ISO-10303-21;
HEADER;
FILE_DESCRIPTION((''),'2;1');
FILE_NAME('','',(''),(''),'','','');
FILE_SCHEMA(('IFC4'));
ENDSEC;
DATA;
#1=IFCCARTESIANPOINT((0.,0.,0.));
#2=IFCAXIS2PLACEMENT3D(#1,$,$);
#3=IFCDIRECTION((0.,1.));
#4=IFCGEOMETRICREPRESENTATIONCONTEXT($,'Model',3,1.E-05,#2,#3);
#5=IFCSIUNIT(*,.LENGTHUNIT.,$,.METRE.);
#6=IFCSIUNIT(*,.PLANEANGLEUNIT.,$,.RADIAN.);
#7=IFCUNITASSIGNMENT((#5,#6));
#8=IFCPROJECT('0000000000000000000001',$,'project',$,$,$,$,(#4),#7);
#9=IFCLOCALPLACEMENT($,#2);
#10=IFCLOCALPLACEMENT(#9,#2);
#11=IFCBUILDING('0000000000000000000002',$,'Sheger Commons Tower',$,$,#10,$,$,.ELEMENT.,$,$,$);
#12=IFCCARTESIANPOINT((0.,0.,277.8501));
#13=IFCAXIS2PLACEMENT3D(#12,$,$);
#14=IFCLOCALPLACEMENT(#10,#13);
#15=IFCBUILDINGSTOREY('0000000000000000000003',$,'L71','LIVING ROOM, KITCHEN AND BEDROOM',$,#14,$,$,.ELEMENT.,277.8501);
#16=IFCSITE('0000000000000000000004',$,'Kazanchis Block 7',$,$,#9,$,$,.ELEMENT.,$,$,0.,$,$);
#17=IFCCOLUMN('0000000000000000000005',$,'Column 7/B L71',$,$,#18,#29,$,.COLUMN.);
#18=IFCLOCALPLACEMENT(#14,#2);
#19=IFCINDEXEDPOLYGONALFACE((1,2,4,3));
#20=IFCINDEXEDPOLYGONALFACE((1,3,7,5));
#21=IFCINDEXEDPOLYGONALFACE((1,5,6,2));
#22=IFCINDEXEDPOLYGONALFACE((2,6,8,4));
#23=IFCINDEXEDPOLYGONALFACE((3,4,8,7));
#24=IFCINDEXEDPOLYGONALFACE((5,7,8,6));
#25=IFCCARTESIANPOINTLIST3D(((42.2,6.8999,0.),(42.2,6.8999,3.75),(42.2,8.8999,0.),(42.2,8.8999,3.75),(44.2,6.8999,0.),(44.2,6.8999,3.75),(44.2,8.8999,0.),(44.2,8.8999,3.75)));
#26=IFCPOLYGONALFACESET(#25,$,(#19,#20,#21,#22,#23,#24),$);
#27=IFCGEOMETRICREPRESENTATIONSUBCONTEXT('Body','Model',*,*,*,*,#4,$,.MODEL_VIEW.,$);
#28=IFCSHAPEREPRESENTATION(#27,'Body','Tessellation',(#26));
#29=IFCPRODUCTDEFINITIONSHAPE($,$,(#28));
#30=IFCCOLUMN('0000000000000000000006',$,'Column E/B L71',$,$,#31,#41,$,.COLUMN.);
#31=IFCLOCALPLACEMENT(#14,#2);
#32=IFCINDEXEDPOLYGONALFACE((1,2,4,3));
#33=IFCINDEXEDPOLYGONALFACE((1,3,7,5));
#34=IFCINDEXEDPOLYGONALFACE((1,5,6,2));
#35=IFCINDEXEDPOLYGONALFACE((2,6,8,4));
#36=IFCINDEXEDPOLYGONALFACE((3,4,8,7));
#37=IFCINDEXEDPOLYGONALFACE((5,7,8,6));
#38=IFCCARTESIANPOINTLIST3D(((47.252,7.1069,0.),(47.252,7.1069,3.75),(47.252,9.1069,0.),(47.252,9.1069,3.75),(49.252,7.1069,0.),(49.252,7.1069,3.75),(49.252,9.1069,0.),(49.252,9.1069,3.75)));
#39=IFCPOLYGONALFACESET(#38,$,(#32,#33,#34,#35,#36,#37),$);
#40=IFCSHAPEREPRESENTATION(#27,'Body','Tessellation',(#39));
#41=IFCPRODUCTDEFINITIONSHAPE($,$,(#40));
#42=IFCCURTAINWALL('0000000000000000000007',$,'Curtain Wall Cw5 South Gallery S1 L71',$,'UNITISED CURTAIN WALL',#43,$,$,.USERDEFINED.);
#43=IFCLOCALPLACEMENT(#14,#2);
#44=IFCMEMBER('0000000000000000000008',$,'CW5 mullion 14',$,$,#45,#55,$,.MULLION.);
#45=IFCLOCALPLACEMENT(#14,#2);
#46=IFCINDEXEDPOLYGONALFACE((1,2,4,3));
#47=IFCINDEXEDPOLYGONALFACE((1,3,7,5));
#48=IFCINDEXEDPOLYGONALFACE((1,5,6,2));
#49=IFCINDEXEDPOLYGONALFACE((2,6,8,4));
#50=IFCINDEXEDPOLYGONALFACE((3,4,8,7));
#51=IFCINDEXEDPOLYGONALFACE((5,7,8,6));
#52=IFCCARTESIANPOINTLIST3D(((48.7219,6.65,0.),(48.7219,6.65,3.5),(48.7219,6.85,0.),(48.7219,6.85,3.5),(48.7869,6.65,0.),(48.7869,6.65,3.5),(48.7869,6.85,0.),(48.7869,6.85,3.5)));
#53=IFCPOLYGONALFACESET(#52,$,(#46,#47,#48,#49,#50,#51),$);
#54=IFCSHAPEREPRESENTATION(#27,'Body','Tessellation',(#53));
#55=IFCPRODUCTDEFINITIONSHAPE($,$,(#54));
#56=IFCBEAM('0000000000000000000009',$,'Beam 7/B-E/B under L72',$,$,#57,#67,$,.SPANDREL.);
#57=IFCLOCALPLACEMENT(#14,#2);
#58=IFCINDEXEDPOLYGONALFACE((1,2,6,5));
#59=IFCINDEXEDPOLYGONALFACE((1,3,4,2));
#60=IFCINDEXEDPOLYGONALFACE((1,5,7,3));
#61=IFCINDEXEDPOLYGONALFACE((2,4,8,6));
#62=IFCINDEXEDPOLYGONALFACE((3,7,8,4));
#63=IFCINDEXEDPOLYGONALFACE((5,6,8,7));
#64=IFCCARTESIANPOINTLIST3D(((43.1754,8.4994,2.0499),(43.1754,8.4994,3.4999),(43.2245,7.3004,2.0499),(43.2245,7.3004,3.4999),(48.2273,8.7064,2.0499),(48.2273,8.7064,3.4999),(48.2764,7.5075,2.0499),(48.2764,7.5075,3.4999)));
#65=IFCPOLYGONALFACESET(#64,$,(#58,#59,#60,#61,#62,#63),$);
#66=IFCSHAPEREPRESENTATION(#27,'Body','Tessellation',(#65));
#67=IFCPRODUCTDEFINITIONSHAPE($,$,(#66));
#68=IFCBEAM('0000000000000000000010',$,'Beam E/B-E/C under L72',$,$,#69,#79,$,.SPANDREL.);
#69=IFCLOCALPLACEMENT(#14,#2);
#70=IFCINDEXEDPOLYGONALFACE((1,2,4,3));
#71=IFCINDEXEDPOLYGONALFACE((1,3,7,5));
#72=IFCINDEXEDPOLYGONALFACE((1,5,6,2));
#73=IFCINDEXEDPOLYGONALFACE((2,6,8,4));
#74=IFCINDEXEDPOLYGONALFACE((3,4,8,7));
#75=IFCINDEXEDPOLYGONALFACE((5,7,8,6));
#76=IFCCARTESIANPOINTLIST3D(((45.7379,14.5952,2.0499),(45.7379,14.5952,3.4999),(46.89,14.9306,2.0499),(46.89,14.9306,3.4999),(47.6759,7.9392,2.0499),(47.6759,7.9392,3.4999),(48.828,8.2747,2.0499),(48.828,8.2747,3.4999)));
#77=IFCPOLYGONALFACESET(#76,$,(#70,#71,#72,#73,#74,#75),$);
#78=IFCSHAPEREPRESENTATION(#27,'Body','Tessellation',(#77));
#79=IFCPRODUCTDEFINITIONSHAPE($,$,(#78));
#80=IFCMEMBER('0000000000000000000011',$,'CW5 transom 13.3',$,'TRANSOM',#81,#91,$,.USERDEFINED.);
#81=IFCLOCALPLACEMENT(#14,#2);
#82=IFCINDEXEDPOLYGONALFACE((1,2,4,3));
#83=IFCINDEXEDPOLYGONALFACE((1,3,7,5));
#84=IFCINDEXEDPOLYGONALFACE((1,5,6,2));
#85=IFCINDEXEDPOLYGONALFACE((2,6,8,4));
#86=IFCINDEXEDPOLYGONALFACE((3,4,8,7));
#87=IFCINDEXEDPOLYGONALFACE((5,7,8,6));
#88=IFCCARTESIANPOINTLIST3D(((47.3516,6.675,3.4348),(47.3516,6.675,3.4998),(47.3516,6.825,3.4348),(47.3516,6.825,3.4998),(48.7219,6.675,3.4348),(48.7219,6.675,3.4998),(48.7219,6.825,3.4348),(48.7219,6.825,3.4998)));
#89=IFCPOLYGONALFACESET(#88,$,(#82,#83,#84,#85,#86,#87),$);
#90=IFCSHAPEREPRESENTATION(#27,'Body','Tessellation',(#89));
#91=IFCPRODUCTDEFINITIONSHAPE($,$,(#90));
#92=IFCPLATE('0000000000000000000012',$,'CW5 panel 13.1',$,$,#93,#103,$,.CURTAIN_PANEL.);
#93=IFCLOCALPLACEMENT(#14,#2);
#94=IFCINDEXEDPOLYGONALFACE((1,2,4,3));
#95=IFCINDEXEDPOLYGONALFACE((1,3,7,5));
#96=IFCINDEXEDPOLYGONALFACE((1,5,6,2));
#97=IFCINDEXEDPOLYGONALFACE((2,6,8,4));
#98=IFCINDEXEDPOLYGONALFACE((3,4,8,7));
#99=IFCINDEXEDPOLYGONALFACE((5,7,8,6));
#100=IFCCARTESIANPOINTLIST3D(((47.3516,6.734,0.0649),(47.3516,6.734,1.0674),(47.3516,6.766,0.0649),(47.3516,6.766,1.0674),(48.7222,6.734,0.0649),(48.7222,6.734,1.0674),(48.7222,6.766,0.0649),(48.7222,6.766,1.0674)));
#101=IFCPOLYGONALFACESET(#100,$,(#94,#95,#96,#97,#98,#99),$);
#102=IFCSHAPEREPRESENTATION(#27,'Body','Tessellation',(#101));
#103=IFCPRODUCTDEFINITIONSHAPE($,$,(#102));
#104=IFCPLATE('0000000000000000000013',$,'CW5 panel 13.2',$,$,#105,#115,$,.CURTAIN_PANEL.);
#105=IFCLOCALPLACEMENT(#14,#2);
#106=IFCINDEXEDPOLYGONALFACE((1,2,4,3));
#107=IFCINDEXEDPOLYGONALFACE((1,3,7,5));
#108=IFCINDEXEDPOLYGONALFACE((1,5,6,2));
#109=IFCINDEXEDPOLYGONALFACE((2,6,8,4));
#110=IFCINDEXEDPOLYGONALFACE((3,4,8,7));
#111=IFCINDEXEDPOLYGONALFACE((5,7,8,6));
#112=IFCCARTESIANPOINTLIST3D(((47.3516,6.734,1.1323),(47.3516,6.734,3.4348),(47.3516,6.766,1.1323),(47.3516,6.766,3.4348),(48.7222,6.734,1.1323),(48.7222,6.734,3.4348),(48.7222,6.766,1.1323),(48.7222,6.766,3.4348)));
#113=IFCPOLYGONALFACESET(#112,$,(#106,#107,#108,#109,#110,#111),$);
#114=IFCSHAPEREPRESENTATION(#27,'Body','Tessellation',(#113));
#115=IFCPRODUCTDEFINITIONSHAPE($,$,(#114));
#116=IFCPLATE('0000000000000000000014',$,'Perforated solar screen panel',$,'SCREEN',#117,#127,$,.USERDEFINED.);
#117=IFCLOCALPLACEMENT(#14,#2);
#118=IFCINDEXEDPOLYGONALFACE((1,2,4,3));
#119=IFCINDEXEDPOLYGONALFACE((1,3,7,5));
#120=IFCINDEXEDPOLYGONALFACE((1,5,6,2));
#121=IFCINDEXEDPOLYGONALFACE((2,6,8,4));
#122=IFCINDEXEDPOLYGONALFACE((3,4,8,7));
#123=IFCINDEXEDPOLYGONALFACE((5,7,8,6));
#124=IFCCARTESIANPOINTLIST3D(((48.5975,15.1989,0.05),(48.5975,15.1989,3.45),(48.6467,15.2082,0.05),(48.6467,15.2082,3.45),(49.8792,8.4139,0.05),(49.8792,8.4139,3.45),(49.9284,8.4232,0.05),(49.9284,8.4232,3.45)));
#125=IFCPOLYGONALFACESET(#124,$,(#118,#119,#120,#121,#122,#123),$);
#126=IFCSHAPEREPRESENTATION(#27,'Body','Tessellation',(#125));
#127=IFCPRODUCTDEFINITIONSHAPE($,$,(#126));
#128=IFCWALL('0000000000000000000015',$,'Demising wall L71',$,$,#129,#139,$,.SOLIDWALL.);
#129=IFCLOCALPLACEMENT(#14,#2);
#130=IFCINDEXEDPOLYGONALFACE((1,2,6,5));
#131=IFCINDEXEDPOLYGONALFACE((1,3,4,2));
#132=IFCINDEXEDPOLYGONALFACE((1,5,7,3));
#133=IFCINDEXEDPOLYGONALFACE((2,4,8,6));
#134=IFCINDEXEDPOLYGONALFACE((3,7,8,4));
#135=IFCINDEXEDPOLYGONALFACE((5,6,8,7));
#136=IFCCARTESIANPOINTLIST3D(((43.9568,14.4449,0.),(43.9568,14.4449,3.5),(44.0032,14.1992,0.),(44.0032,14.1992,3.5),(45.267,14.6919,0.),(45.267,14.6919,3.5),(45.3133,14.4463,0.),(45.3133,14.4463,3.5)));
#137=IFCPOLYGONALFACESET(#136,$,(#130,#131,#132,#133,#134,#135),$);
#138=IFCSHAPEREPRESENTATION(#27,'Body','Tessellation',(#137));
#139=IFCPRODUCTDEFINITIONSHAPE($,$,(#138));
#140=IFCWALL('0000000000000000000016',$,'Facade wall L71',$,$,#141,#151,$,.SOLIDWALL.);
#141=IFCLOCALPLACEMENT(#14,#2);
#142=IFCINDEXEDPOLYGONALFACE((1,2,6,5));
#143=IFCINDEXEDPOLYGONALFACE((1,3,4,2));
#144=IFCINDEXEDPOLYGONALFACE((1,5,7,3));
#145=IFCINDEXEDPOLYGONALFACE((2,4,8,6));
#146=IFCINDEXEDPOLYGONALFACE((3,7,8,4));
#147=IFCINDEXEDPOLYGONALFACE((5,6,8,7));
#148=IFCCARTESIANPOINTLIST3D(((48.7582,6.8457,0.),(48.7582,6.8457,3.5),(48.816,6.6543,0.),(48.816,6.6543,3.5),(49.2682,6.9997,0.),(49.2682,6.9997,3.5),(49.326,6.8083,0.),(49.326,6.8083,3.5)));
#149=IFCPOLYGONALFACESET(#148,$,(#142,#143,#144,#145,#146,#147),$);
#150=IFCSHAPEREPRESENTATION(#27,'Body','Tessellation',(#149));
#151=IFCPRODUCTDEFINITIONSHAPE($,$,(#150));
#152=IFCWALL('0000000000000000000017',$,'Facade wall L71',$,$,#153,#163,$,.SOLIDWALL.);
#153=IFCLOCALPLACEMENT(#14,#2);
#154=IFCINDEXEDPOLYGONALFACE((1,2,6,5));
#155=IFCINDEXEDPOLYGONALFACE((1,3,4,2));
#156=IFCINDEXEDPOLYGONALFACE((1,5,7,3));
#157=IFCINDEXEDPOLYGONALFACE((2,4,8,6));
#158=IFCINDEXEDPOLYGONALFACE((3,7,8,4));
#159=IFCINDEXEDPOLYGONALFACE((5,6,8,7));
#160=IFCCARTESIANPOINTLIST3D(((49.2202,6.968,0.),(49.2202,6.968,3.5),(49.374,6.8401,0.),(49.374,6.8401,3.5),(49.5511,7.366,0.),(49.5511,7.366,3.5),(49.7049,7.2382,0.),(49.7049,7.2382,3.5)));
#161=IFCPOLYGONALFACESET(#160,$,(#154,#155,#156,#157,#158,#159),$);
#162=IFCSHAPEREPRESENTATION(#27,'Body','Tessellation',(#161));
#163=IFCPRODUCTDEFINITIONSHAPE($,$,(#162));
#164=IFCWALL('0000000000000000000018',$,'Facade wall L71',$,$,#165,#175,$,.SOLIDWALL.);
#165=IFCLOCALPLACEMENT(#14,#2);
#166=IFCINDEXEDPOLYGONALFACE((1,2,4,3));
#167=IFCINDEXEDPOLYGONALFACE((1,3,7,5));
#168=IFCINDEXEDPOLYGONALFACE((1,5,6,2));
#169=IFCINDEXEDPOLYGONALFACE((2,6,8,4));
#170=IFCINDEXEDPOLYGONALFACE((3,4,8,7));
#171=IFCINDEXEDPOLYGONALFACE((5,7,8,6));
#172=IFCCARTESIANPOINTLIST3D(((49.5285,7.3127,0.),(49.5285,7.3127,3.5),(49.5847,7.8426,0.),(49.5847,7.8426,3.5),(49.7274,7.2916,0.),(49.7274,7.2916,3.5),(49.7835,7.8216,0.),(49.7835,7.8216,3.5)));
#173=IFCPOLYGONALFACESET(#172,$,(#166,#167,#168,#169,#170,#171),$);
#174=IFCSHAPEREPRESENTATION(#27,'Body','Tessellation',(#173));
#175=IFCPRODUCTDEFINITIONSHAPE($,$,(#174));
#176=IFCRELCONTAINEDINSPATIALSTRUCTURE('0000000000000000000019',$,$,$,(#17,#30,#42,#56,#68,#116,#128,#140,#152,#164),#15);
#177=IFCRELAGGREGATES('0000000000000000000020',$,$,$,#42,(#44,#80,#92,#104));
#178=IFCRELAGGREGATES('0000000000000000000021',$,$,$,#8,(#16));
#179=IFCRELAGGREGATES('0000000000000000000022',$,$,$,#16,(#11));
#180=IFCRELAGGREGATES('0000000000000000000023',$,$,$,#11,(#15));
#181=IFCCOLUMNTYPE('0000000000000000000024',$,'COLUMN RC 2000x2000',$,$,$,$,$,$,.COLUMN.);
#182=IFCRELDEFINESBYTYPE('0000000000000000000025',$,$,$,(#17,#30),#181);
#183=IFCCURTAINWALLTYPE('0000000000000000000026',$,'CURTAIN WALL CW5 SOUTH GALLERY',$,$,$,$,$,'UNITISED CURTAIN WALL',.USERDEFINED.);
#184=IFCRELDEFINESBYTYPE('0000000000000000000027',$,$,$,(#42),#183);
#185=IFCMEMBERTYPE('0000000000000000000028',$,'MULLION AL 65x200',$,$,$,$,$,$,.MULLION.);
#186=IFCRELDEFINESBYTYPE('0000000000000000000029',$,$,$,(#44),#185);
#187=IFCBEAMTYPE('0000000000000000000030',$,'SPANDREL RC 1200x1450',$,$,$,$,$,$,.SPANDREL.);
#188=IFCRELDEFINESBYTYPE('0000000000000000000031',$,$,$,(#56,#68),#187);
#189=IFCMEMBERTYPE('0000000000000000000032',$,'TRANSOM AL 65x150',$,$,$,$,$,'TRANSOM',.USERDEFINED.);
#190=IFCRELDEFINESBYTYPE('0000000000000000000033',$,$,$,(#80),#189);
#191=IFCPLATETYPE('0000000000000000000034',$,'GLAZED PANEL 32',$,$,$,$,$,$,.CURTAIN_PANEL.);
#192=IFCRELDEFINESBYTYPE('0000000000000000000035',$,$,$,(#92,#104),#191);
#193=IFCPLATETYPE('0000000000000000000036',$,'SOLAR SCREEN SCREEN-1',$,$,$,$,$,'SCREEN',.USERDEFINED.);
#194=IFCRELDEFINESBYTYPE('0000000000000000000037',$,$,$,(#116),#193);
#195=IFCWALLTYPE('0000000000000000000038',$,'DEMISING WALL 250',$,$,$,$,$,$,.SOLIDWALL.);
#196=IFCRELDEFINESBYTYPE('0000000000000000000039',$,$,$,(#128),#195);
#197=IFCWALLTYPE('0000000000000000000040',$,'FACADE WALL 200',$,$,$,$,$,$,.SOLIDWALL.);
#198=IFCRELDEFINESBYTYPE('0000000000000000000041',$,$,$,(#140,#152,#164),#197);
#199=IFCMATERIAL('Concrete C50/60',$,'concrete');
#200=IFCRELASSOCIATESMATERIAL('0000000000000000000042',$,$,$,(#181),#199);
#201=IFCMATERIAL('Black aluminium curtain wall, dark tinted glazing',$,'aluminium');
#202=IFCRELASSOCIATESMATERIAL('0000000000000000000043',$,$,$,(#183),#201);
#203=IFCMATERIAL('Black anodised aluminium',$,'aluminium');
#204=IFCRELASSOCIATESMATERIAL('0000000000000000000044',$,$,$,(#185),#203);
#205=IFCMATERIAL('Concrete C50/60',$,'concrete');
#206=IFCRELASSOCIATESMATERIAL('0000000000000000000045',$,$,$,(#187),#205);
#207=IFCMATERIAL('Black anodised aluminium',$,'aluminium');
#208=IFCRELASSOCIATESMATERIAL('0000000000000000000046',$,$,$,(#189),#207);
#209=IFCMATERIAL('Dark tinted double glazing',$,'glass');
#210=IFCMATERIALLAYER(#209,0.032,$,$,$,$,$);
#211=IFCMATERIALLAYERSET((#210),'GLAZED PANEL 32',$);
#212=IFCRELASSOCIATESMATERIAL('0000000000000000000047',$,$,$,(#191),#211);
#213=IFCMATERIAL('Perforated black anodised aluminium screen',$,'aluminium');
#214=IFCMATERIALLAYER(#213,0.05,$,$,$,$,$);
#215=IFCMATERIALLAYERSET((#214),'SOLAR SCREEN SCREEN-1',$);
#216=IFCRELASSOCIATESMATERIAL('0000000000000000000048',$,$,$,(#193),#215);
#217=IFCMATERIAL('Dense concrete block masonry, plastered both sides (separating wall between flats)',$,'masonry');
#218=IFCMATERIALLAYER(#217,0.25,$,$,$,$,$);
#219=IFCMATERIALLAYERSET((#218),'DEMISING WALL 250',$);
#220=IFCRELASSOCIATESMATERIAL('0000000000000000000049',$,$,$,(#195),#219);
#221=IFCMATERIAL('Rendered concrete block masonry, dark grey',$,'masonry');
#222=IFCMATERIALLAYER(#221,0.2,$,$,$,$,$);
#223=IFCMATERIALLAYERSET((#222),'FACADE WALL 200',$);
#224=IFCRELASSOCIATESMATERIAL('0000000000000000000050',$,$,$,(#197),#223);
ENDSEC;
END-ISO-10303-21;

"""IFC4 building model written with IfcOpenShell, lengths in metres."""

from ifc_helpers import new_model, si_unit, direction, frame, frame_2d, origin, origin_2d, place, context, subcontext, project, spatial, rectangle, extrude, material, layer, layer_set, material_profile, profile_set, type_object, element, aggregate, save


model = new_model("IFC4")

# Units and contexts
model_context = context("Model", 3, precision=1e-05, world=origin(), true_north=direction((0.0, 1.0)))
body_context = subcontext(model_context, "Body", "Model", "MODEL_VIEW")
ifc_project = project(units=[si_unit("LENGTHUNIT", "METRE"), si_unit("PLANEANGLEUNIT", "RADIAN")], contexts=[model_context])

# Site, building, storey
site_placement = place(None, origin())
site = spatial("IfcSite", under=ifc_project, at=site_placement, Name="Kazanchis Block 7", CompositionType="ELEMENT", RefElevation=0.0)
building_placement = place(site_placement, origin())
building = spatial("IfcBuilding", under=site, at=building_placement, Name="Sheger Commons Tower", CompositionType="ELEMENT")
storey_placement = place(building_placement, frame((0.0, 0.0, 277.8501)))
storey = spatial("IfcBuildingStorey", under=building, at=storey_placement, Name="L71", Description="LIVING ROOM, KITCHEN AND BEDROOM", CompositionType="ELEMENT", Elevation=277.8501)

# Columns
ifc_material_1 = material(Name="Concrete C50/60", Category="concrete")
ifc_material_profile_1 = material_profile(ifc_material_1, rectangle(XDim=2.0, YDim=2.0, at=origin_2d()), Name="RC 2000x2000")
ifc_profile_set_1 = profile_set([ifc_material_profile_1], Name="Concrete C50/60")
column_type = type_object("IfcColumnType", Name="COLUMN RC 2000x2000", PredefinedType="COLUMN", material=ifc_profile_set_1)
for number, where, z_axis, x_axis, name in (
    (1, (43.2, 7.8999, 0.0), (0.0, 0.0, 1.0), (1.0, 0.0, 0.0), "Column 7/B L71"),
    (2, (48.252, 8.1069, 0.0), (0.0, 0.0, 1.0), (1.0, 0.0, 0.0), "Column E/B L71"),
):
    element("IfcColumn", number, at=place(storey_placement, frame(where, z_axis=z_axis, x_axis=x_axis)), inside=storey, type_object=column_type, Name=name, PredefinedType="COLUMN", context=body_context, shape_type="SweptSolid", body=[
        extrude(rectangle(XDim=2.0, YDim=2.0, at=origin_2d()), origin(), (0.0, 0.0, 1.0), 3.75),
    ])

# Curtain wall, member
ifc_material_2 = material(Name="Black aluminium curtain wall, dark tinted glazing", Category="aluminium")
curtain_wall_type = type_object("IfcCurtainWallType", Name="CURTAIN WALL CW5 SOUTH GALLERY", ElementType="UNITISED CURTAIN WALL", PredefinedType="USERDEFINED", material=ifc_material_2)
curtain_wall_placement = place(storey_placement, origin())
curtain_wall = element("IfcCurtainWall", 3, at=curtain_wall_placement, inside=storey, type_object=curtain_wall_type, Name="Curtain Wall Cw5 South Gallery S1 L71", ObjectType="UNITISED CURTAIN WALL", PredefinedType="USERDEFINED")
ifc_material_3 = material(Name="Black anodised aluminium", Category="aluminium")
ifc_material_profile_2 = material_profile(ifc_material_3, rectangle(XDim=0.2, YDim=0.0649, at=origin_2d()), Name="AL 65x200")
ifc_profile_set_2 = profile_set([ifc_material_profile_2], Name="Black anodised aluminium")
member_type_1 = type_object("IfcMemberType", Name="MULLION AL 65x200", PredefinedType="MULLION", material=ifc_profile_set_2)
member_1_placement = place(storey_placement, frame((48.7544, 6.75, 0.0), z_axis=(0.0, 0.0, 1.0), x_axis=(0.0, 1.0, 0.0)))
member_1 = element("IfcMember", 4, at=member_1_placement, type_object=member_type_1, Name="CW5 mullion 14", PredefinedType="MULLION", context=body_context, shape_type="SweptSolid", body=[
    extrude(rectangle(XDim=0.2, YDim=0.0649, at=origin_2d()), origin(), (0.0, 0.0, 1.0), 3.5),
])

# Beams
ifc_material_4 = material(Name="Concrete C50/60", Category="concrete")
ifc_material_profile_3 = material_profile(ifc_material_4, rectangle(XDim=1.2, YDim=1.45, at=origin_2d()), Name="RC 1200x1450")
ifc_profile_set_3 = profile_set([ifc_material_profile_3], Name="Concrete C50/60")
beam_type = type_object("IfcBeamType", Name="SPANDREL RC 1200x1450", PredefinedType="SPANDREL", material=ifc_profile_set_3)
beam_1_placement = place(storey_placement, frame((43.2, 7.8999, 2.7749), z_axis=(0.999161, 0.040946, 0.0), x_axis=(-0.040946, 0.999161, 0.0)))
element("IfcBeam", 5, at=beam_1_placement, inside=storey, type_object=beam_type, Name="Beam 7/B-E/B under L72", PredefinedType="SPANDREL", context=body_context, shape_type="SweptSolid", body=[
    extrude(rectangle(XDim=1.2, YDim=1.45, at=origin_2d()), origin(), (0.0, 0.0, 1.0), 5.0562),
])
beam_2_placement = place(storey_placement, frame((48.252, 8.1069, 2.7749), z_axis=(-0.279555, 0.96013, 0.0), x_axis=(-0.96013, -0.279555, 0.0)))
element("IfcBeam", 6, at=beam_2_placement, inside=storey, type_object=beam_type, Name="Beam E/B-E/C under L72", PredefinedType="SPANDREL", context=body_context, shape_type="SweptSolid", body=[
    extrude(rectangle(XDim=1.2, YDim=1.45, at=origin_2d()), origin(), (0.0, 0.0, 1.0), 6.9324),
])

# Member
ifc_material_5 = material(Name="Black anodised aluminium", Category="aluminium")
ifc_material_profile_4 = material_profile(ifc_material_5, rectangle(XDim=0.1499, YDim=0.0649, at=origin_2d()), Name="AL 65x150")
ifc_profile_set_4 = profile_set([ifc_material_profile_4], Name="Black anodised aluminium")
member_type_2 = type_object("IfcMemberType", Name="TRANSOM AL 65x150", ElementType="TRANSOM", PredefinedType="USERDEFINED", material=ifc_profile_set_4)
member_2_placement = place(storey_placement, frame((47.3516, 6.75, 3.4673), z_axis=(1.0, 0.0, 0.0), x_axis=(0.0, 1.0, 0.0)))
member_2 = element("IfcMember", 7, at=member_2_placement, type_object=member_type_2, Name="CW5 transom 13.3", ObjectType="TRANSOM", PredefinedType="USERDEFINED", context=body_context, shape_type="SweptSolid", body=[
    extrude(rectangle(XDim=0.1499, YDim=0.0649, at=origin_2d()), origin(), (0.0, 0.0, 1.0), 1.3704),
])

# Plates
ifc_material_6 = material(Name="Dark tinted double glazing", Category="glass")
ifc_layer_1 = layer(ifc_material_6, 0.032)
ifc_layer_set_1 = layer_set([ifc_layer_1], Name="GLAZED PANEL 32")
plate_type_1 = type_object("IfcPlateType", Name="GLAZED PANEL 32", PredefinedType="CURTAIN_PANEL", material=ifc_layer_set_1)
plate_1_placement = place(storey_placement, frame((48.0369, 6.75, 0.0649), z_axis=(0.0, 0.0, 1.0), x_axis=(1.0, 0.0, 0.0)))
plate_1 = element("IfcPlate", 8, at=plate_1_placement, type_object=plate_type_1, Name="CW5 panel 13.1", PredefinedType="CURTAIN_PANEL", context=body_context, shape_type="SweptSolid", body=[
    extrude(rectangle(XDim=1.3706, YDim=0.032, at=origin_2d()), origin(), (0.0, 0.0, 1.0), 1.0024),
])
plate_2_placement = place(storey_placement, frame((48.0369, 6.75, 1.1323), z_axis=(0.0, 0.0, 1.0), x_axis=(1.0, 0.0, 0.0)))
plate_2 = element("IfcPlate", 9, at=plate_2_placement, type_object=plate_type_1, Name="CW5 panel 13.2", PredefinedType="CURTAIN_PANEL", context=body_context, shape_type="SweptSolid", body=[
    extrude(rectangle(XDim=1.3706, YDim=0.032, at=origin_2d()), origin(), (0.0, 0.0, 1.0), 2.3025),
])
aggregate(curtain_wall, [member_1, member_2, plate_1, plate_2])
ifc_material_7 = material(Name="Perforated black anodised aluminium screen", Category="aluminium")
ifc_layer_2 = layer(ifc_material_7, 0.05)
ifc_layer_set_2 = layer_set([ifc_layer_2], Name="SOLAR SCREEN SCREEN-1")
plate_type_2 = type_object("IfcPlateType", Name="SOLAR SCREEN SCREEN-1", ElementType="SCREEN", PredefinedType="USERDEFINED", material=ifc_layer_set_2)
plate_3_placement = place(storey_placement, frame((49.2629, 11.811, 0.05), z_axis=(0.0, 0.0, 1.0), x_axis=(-0.185615, 0.982623, 0.0)))
element("IfcPlate", 10, at=plate_3_placement, inside=storey, type_object=plate_type_2, Name="Perforated solar screen panel", ObjectType="SCREEN", PredefinedType="USERDEFINED", context=body_context, shape_type="SweptSolid", body=[
    extrude(rectangle(XDim=6.905, YDim=0.05, at=origin_2d()), origin(), (0.0, 0.0, 1.0), 3.3999),
])

# Walls
ifc_material_8 = material(Name="Dense concrete block masonry, plastered both sides (separating wall between flats)", Category="masonry")
ifc_layer_3 = layer(ifc_material_8, 0.25)
ifc_layer_set_3 = layer_set([ifc_layer_3], Name="DEMISING WALL 250")
wall_type_1 = type_object("IfcWallType", Name="DEMISING WALL 250", PredefinedType="SOLIDWALL", material=ifc_layer_set_3)
wall_1_placement = place(storey_placement, frame((45.29, 14.5691, 0.0), z_axis=(0.0, 0.0, 1.0), x_axis=(-0.982677, -0.185328, 0.0)))
element("IfcWall", 11, at=wall_1_placement, inside=storey, type_object=wall_type_1, Name="Demising wall L71", PredefinedType="SOLIDWALL", context=body_context, shape_type="SweptSolid", body=[
    extrude(rectangle(XDim=1.3333, YDim=0.25, at=frame_2d((0.6665, 0.0))), origin(), (0.0, 0.0, 1.0), 3.5),
])
ifc_material_9 = material(Name="Rendered concrete block masonry, dark grey", Category="masonry")
ifc_layer_4 = layer(ifc_material_9, 0.2)
ifc_layer_set_4 = layer_set([ifc_layer_4], Name="FACADE WALL 200")
wall_type_2 = type_object("IfcWallType", Name="FACADE WALL 200", PredefinedType="SOLIDWALL", material=ifc_layer_set_4)
wall_2_placement = place(storey_placement, frame((48.7871, 6.75, 0.0), z_axis=(0.0, 0.0, 1.0), x_axis=(0.957282, 0.289155, 0.0)))
element("IfcWall", 12, at=wall_2_placement, inside=storey, type_object=wall_type_2, Name="Facade wall L71", PredefinedType="SOLIDWALL", context=body_context, shape_type="SweptSolid", body=[
    extrude(rectangle(XDim=0.5327, YDim=0.2, at=frame_2d((0.2664, 0.0))), origin(), (0.0, 0.0, 1.0), 3.5),
])
wall_3_placement = place(storey_placement, frame((49.2971, 6.9041, 0.0), z_axis=(0.0, 0.0, 1.0), x_axis=(0.639256, 0.768994, 0.0)))
element("IfcWall", 13, at=wall_3_placement, inside=storey, type_object=wall_type_2, Name="Facade wall L71", PredefinedType="SOLIDWALL", context=body_context, shape_type="SweptSolid", body=[
    extrude(rectangle(XDim=0.5176, YDim=0.2, at=frame_2d((0.2588, 0.0))), origin(), (0.0, 0.0, 1.0), 3.5),
])
wall_4_placement = place(storey_placement, frame((49.6279, 7.302, 0.0), z_axis=(0.0, 0.0, 1.0), x_axis=(0.105352, 0.994435, 0.0)))
element("IfcWall", 14, at=wall_4_placement, inside=storey, type_object=wall_type_2, Name="Facade wall L71", PredefinedType="SOLIDWALL", context=body_context, shape_type="SweptSolid", body=[
    extrude(rectangle(XDim=0.533, YDim=0.2, at=frame_2d((0.2666, 0.0))), origin(), (0.0, 0.0, 1.0), 3.5),
])

save(model, "model.ifc")
